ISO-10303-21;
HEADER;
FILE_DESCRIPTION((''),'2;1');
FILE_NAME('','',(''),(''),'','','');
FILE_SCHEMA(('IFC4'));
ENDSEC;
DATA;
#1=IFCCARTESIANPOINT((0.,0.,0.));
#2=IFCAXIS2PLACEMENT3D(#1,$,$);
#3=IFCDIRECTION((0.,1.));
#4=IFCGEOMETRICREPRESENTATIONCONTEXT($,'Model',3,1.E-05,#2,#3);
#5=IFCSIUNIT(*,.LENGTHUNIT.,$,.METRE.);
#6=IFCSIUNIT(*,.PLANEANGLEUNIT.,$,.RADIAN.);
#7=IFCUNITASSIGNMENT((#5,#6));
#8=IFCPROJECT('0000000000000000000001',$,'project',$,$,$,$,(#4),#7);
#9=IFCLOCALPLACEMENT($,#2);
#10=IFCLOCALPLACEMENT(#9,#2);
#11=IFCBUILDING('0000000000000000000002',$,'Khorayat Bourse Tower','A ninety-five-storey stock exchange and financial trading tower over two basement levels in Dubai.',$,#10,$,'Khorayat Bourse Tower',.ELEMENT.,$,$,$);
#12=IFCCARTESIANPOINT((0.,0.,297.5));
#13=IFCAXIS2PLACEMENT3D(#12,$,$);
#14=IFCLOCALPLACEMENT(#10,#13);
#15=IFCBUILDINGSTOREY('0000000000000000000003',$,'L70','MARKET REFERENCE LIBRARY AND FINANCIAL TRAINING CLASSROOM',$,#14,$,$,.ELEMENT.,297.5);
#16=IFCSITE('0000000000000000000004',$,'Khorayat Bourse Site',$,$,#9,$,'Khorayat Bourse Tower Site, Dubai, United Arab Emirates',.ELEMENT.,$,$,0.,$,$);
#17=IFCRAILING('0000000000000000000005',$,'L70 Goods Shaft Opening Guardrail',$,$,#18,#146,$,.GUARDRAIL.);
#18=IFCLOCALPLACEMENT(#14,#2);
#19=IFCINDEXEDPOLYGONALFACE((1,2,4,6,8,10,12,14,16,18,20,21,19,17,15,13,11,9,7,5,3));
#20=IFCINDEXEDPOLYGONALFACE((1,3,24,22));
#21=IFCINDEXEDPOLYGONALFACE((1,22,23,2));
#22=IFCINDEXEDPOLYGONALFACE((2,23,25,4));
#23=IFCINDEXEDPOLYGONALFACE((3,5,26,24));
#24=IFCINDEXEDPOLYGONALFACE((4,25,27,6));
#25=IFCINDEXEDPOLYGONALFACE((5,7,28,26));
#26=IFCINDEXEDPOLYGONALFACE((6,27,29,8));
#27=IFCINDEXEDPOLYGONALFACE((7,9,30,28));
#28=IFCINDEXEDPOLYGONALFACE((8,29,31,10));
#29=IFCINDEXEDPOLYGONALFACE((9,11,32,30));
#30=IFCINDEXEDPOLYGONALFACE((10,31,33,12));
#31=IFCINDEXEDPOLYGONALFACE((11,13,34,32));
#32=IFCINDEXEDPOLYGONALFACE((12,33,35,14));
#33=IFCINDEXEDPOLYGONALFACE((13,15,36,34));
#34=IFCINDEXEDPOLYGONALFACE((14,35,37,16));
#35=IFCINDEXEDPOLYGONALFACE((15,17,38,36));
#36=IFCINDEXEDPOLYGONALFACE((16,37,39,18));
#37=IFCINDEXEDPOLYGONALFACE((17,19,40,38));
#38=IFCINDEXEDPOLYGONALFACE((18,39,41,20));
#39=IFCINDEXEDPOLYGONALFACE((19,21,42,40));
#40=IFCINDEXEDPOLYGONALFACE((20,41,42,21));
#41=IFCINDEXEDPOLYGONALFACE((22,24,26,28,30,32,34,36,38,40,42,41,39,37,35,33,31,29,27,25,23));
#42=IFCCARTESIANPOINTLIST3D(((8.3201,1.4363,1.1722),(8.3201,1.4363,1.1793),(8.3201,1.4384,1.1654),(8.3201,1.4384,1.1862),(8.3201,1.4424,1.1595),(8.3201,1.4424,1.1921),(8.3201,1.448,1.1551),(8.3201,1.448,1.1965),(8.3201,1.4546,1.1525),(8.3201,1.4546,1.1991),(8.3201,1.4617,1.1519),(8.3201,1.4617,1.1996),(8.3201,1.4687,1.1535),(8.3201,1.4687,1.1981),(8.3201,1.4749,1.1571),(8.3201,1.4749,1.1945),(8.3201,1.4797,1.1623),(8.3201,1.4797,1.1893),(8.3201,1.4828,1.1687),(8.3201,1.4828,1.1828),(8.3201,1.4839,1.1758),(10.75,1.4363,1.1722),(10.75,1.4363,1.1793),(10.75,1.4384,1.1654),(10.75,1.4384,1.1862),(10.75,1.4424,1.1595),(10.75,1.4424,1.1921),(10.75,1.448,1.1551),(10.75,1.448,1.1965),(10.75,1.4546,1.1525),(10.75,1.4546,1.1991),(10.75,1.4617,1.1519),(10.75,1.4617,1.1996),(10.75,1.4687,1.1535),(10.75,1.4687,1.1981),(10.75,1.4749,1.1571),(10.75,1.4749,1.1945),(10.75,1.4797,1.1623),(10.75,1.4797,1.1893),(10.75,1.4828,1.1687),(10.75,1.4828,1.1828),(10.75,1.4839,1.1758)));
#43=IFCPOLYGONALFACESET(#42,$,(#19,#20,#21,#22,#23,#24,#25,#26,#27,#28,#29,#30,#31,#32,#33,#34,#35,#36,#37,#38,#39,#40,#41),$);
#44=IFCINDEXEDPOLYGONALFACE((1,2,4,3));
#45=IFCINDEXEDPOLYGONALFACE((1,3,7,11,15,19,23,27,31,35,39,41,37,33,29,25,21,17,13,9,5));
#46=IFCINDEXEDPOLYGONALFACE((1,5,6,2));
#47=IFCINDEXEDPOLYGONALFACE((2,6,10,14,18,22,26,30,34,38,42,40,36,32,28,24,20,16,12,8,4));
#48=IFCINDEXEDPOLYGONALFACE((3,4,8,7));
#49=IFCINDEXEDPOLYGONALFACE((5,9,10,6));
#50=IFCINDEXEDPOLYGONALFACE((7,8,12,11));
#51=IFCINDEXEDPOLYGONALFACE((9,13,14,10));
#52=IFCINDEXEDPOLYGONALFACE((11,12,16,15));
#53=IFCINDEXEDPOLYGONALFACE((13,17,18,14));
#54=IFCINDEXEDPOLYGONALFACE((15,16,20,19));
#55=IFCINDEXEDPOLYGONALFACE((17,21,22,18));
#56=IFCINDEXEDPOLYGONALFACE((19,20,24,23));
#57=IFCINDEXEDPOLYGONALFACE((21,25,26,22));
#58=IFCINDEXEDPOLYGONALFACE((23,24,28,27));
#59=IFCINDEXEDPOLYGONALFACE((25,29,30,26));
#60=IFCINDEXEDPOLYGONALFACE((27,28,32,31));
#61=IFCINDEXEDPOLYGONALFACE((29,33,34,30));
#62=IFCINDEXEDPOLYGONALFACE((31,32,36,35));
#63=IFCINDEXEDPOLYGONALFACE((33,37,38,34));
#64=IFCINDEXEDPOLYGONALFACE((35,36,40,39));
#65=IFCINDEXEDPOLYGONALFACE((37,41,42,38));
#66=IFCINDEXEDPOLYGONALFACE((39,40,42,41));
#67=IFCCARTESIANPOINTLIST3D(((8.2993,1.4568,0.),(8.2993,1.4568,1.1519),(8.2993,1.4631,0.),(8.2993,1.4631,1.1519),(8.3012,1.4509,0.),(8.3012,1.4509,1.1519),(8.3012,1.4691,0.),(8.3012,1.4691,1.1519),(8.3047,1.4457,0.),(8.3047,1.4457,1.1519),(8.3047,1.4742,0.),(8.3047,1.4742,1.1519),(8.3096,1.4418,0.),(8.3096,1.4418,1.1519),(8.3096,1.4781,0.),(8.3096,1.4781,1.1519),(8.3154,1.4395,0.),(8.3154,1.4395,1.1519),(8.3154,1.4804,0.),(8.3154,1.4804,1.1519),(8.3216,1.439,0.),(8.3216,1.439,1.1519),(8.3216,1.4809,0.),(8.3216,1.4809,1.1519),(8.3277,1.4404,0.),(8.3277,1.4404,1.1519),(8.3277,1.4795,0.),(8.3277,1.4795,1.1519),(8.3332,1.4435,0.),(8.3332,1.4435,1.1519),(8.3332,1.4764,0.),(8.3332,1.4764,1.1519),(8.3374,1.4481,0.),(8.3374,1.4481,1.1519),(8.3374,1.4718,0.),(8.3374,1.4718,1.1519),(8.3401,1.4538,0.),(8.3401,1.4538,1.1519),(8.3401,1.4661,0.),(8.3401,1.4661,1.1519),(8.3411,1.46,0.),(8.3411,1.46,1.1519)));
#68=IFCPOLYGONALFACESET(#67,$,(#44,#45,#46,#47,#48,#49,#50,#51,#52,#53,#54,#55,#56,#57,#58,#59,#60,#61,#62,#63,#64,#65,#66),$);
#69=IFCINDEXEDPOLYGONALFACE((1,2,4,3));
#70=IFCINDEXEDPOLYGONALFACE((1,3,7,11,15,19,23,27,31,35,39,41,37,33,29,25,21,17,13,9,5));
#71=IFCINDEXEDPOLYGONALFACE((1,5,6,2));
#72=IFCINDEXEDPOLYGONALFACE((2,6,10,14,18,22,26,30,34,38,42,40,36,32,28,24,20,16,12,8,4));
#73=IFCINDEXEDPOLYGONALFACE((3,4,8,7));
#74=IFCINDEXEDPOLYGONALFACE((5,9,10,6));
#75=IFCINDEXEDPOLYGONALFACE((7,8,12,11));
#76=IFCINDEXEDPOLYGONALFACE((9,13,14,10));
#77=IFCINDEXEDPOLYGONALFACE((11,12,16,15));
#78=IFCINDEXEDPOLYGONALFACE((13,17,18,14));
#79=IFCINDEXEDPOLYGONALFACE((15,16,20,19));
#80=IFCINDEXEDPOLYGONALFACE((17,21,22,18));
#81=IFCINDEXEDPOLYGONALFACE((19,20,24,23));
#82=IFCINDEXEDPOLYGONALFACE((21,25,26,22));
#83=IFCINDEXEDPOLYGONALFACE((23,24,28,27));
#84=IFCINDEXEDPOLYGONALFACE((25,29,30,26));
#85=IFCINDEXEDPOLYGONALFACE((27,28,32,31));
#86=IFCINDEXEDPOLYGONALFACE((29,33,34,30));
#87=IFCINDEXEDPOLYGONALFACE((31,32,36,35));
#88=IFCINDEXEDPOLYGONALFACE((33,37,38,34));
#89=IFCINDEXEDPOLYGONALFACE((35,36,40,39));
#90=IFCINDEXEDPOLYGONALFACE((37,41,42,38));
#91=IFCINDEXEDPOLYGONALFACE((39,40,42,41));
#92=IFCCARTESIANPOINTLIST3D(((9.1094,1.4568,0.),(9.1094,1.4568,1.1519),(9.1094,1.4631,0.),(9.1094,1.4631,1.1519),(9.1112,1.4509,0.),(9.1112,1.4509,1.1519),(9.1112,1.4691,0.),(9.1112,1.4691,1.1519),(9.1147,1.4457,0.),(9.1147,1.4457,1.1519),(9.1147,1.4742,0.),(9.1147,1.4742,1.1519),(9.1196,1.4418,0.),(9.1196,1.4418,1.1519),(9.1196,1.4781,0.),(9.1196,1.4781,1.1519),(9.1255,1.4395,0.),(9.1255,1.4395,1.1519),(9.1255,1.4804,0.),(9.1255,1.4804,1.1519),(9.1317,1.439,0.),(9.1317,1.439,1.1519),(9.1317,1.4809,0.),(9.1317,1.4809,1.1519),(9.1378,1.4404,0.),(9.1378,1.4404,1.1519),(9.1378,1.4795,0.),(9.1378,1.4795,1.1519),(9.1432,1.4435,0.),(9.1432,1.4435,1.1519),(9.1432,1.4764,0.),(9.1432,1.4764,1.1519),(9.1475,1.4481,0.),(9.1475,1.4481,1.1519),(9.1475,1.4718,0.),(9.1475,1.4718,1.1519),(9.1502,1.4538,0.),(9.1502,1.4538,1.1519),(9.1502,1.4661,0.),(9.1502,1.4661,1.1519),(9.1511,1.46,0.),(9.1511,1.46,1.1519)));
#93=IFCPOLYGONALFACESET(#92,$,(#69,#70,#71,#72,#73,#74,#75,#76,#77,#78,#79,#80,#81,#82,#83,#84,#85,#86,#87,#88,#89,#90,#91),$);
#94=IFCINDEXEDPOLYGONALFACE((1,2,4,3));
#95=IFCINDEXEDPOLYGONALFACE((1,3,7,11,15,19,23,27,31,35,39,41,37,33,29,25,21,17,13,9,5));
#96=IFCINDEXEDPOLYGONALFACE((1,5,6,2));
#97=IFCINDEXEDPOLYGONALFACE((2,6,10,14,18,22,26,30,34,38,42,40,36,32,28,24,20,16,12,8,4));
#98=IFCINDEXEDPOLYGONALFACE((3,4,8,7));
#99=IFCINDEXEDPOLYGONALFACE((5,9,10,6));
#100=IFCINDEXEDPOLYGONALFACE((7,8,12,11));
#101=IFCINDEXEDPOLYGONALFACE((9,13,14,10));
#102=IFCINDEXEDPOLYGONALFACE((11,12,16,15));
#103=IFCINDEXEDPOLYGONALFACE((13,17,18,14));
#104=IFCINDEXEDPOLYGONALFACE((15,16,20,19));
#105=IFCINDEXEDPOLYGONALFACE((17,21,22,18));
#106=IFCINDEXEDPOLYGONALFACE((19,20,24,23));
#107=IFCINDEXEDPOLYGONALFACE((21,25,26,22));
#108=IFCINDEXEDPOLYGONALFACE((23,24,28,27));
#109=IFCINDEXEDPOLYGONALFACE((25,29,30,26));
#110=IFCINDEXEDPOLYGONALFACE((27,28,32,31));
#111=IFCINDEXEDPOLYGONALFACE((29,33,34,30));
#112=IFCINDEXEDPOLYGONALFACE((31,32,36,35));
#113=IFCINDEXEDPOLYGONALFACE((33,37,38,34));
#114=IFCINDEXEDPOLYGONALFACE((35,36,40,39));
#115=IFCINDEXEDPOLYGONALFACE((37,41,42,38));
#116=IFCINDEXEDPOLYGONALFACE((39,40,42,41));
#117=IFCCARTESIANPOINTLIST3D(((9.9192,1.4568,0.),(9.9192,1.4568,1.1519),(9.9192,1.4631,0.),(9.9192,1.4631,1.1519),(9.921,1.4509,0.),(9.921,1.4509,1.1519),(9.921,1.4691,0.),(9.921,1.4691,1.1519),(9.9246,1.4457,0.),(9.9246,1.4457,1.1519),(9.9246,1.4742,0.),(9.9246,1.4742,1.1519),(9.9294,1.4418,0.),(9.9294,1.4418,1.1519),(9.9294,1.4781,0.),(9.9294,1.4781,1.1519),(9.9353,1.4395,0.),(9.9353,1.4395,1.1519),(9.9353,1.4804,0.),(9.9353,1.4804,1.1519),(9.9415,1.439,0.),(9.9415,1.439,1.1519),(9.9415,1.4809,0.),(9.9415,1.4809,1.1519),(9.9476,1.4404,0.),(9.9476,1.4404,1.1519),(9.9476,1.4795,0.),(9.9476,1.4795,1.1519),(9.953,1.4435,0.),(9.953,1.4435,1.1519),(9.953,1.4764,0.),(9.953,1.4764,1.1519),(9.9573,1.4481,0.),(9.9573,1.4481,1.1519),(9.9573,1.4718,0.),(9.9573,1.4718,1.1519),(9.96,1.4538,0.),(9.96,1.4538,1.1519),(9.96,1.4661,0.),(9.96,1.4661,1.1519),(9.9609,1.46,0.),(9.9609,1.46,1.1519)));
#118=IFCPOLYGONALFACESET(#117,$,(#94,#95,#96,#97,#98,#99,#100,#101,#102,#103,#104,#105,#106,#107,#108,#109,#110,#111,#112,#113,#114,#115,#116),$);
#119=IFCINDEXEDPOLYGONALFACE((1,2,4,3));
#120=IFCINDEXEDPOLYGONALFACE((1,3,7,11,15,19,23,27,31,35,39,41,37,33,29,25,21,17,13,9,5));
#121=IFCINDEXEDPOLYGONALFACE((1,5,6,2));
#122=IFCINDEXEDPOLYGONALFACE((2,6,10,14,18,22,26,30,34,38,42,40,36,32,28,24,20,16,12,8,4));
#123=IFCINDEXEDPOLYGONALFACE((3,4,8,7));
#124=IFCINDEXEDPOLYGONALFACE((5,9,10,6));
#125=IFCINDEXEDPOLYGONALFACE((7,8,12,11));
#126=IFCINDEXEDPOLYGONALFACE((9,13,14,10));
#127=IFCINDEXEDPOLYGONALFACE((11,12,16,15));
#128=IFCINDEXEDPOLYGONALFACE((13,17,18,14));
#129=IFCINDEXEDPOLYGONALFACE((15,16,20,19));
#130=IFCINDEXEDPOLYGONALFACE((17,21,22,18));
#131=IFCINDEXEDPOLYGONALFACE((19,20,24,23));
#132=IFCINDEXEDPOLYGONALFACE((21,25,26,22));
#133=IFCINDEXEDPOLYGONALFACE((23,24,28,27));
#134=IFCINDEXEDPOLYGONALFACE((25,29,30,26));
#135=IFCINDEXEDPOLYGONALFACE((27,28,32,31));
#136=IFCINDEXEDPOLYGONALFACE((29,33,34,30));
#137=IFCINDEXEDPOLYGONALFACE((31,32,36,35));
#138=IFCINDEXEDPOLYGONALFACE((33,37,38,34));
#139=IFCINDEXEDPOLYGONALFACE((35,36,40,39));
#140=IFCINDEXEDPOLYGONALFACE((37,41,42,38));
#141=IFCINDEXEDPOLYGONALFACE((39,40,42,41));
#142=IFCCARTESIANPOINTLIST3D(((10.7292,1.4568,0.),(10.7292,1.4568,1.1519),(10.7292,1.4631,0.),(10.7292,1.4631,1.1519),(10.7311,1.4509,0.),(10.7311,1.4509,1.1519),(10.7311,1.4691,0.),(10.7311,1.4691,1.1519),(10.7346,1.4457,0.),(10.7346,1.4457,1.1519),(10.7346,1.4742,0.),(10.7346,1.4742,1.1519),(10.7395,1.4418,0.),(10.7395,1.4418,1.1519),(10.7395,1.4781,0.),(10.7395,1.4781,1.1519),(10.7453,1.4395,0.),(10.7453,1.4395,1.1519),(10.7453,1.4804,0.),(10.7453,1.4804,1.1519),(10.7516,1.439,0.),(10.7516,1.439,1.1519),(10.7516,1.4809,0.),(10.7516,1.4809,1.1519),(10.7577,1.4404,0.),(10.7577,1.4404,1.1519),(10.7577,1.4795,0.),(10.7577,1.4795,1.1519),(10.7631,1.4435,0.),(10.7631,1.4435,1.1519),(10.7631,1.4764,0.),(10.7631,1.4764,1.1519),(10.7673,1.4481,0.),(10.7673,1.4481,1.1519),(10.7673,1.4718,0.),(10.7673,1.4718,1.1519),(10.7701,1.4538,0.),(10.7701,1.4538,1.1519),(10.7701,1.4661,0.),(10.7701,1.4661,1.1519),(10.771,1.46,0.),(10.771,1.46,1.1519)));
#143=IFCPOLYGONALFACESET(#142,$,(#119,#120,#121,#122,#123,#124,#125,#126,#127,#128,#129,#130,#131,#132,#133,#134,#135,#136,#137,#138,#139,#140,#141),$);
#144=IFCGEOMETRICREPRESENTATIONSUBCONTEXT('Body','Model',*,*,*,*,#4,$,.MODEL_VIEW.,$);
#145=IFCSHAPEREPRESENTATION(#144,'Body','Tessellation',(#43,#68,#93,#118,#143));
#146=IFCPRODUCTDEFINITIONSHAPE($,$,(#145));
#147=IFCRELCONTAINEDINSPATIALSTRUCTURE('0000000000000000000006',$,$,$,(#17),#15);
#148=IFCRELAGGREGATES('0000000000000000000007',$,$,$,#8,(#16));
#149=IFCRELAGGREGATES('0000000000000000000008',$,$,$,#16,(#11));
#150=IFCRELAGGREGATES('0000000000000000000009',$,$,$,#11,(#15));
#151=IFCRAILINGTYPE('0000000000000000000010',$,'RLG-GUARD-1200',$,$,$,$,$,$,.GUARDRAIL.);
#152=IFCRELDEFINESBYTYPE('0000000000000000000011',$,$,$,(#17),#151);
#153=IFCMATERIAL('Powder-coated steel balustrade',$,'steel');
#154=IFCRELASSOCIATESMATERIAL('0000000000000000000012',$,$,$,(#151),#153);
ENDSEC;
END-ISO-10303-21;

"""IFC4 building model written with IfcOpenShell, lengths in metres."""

from ifc_helpers import new_model, si_unit, direction, frame, origin, origin_2d, place, context, subcontext, project, spatial, circle, extrude, source, transform, mapped, material, type_object, element, save


model = new_model("IFC4")

# Units and contexts
model_context = context("Model", 3, precision=1e-05, world=origin(), true_north=direction((0.0, 1.0)))
body_context = subcontext(model_context, "Body", "Model", "MODEL_VIEW")
ifc_project = project(units=[si_unit("LENGTHUNIT", "METRE"), si_unit("PLANEANGLEUNIT", "RADIAN")], contexts=[model_context])

# Site, building, storey
site_placement = place(None, origin())
site = spatial("IfcSite", under=ifc_project, at=site_placement, Name="Khorayat Bourse Site", LongName="Khorayat Bourse Tower Site, Dubai, United Arab Emirates", CompositionType="ELEMENT", RefElevation=0.0)
building_placement = place(site_placement, origin())
building = spatial("IfcBuilding", under=site, at=building_placement, Name="Khorayat Bourse Tower", Description="A ninety-five-storey stock exchange and financial trading tower over two basement levels in Dubai.", LongName="Khorayat Bourse Tower", CompositionType="ELEMENT")
storey_placement = place(building_placement, frame((0.0, 0.0, 297.5)))
storey = spatial("IfcBuildingStorey", under=building, at=storey_placement, Name="L70", Description="MARKET REFERENCE LIBRARY AND FINANCIAL TRAINING CLASSROOM", CompositionType="ELEMENT", Elevation=297.5)

# Railing
ifc_material_1 = material(Name="Powder-coated steel balustrade", Category="steel")
railing_type = type_object("IfcRailingType", Name="RLG-GUARD-1200", PredefinedType="GUARDRAIL", material=ifc_material_1)
shared_shape_1 = source(origin(), body_context, "Body", "SweptSolid", [
    extrude(circle(Radius=0.0239, at=origin_2d()), frame((0.0, 0.0, 1.1758), z_axis=(1.0, 0.0, 0.0), x_axis=(0.0, 1.0, 0.0)), (0.0, 0.0, 1.0), 2.4299),
    extrude(circle(Radius=0.021, at=origin_2d()), origin(), (0.0, 0.0, 1.0), 1.1519),
    extrude(circle(Radius=0.021, at=origin_2d()), frame((0.8101, 0.0, 0.0)), (0.0, 0.0, 1.0), 1.1519),
    extrude(circle(Radius=0.021, at=origin_2d()), frame((1.6199, 0.0, 0.0)), (0.0, 0.0, 1.0), 1.1519),
    extrude(circle(Radius=0.021, at=origin_2d()), frame((2.4299, 0.0, 0.0)), (0.0, 0.0, 1.0), 1.1519),
])
railing_placement = place(storey_placement, frame((8.3201, 1.46, 0.0)))
element("IfcRailing", 1, at=railing_placement, inside=storey, type_object=railing_type, Name="L70 Goods Shaft Opening Guardrail", PredefinedType="GUARDRAIL", context=body_context, shape_type="MappedRepresentation", body=[
    mapped(shared_shape_1, transform((0.0, 0.0, 0.0), scale=1.0)),
])

save(model, "model.ifc")
